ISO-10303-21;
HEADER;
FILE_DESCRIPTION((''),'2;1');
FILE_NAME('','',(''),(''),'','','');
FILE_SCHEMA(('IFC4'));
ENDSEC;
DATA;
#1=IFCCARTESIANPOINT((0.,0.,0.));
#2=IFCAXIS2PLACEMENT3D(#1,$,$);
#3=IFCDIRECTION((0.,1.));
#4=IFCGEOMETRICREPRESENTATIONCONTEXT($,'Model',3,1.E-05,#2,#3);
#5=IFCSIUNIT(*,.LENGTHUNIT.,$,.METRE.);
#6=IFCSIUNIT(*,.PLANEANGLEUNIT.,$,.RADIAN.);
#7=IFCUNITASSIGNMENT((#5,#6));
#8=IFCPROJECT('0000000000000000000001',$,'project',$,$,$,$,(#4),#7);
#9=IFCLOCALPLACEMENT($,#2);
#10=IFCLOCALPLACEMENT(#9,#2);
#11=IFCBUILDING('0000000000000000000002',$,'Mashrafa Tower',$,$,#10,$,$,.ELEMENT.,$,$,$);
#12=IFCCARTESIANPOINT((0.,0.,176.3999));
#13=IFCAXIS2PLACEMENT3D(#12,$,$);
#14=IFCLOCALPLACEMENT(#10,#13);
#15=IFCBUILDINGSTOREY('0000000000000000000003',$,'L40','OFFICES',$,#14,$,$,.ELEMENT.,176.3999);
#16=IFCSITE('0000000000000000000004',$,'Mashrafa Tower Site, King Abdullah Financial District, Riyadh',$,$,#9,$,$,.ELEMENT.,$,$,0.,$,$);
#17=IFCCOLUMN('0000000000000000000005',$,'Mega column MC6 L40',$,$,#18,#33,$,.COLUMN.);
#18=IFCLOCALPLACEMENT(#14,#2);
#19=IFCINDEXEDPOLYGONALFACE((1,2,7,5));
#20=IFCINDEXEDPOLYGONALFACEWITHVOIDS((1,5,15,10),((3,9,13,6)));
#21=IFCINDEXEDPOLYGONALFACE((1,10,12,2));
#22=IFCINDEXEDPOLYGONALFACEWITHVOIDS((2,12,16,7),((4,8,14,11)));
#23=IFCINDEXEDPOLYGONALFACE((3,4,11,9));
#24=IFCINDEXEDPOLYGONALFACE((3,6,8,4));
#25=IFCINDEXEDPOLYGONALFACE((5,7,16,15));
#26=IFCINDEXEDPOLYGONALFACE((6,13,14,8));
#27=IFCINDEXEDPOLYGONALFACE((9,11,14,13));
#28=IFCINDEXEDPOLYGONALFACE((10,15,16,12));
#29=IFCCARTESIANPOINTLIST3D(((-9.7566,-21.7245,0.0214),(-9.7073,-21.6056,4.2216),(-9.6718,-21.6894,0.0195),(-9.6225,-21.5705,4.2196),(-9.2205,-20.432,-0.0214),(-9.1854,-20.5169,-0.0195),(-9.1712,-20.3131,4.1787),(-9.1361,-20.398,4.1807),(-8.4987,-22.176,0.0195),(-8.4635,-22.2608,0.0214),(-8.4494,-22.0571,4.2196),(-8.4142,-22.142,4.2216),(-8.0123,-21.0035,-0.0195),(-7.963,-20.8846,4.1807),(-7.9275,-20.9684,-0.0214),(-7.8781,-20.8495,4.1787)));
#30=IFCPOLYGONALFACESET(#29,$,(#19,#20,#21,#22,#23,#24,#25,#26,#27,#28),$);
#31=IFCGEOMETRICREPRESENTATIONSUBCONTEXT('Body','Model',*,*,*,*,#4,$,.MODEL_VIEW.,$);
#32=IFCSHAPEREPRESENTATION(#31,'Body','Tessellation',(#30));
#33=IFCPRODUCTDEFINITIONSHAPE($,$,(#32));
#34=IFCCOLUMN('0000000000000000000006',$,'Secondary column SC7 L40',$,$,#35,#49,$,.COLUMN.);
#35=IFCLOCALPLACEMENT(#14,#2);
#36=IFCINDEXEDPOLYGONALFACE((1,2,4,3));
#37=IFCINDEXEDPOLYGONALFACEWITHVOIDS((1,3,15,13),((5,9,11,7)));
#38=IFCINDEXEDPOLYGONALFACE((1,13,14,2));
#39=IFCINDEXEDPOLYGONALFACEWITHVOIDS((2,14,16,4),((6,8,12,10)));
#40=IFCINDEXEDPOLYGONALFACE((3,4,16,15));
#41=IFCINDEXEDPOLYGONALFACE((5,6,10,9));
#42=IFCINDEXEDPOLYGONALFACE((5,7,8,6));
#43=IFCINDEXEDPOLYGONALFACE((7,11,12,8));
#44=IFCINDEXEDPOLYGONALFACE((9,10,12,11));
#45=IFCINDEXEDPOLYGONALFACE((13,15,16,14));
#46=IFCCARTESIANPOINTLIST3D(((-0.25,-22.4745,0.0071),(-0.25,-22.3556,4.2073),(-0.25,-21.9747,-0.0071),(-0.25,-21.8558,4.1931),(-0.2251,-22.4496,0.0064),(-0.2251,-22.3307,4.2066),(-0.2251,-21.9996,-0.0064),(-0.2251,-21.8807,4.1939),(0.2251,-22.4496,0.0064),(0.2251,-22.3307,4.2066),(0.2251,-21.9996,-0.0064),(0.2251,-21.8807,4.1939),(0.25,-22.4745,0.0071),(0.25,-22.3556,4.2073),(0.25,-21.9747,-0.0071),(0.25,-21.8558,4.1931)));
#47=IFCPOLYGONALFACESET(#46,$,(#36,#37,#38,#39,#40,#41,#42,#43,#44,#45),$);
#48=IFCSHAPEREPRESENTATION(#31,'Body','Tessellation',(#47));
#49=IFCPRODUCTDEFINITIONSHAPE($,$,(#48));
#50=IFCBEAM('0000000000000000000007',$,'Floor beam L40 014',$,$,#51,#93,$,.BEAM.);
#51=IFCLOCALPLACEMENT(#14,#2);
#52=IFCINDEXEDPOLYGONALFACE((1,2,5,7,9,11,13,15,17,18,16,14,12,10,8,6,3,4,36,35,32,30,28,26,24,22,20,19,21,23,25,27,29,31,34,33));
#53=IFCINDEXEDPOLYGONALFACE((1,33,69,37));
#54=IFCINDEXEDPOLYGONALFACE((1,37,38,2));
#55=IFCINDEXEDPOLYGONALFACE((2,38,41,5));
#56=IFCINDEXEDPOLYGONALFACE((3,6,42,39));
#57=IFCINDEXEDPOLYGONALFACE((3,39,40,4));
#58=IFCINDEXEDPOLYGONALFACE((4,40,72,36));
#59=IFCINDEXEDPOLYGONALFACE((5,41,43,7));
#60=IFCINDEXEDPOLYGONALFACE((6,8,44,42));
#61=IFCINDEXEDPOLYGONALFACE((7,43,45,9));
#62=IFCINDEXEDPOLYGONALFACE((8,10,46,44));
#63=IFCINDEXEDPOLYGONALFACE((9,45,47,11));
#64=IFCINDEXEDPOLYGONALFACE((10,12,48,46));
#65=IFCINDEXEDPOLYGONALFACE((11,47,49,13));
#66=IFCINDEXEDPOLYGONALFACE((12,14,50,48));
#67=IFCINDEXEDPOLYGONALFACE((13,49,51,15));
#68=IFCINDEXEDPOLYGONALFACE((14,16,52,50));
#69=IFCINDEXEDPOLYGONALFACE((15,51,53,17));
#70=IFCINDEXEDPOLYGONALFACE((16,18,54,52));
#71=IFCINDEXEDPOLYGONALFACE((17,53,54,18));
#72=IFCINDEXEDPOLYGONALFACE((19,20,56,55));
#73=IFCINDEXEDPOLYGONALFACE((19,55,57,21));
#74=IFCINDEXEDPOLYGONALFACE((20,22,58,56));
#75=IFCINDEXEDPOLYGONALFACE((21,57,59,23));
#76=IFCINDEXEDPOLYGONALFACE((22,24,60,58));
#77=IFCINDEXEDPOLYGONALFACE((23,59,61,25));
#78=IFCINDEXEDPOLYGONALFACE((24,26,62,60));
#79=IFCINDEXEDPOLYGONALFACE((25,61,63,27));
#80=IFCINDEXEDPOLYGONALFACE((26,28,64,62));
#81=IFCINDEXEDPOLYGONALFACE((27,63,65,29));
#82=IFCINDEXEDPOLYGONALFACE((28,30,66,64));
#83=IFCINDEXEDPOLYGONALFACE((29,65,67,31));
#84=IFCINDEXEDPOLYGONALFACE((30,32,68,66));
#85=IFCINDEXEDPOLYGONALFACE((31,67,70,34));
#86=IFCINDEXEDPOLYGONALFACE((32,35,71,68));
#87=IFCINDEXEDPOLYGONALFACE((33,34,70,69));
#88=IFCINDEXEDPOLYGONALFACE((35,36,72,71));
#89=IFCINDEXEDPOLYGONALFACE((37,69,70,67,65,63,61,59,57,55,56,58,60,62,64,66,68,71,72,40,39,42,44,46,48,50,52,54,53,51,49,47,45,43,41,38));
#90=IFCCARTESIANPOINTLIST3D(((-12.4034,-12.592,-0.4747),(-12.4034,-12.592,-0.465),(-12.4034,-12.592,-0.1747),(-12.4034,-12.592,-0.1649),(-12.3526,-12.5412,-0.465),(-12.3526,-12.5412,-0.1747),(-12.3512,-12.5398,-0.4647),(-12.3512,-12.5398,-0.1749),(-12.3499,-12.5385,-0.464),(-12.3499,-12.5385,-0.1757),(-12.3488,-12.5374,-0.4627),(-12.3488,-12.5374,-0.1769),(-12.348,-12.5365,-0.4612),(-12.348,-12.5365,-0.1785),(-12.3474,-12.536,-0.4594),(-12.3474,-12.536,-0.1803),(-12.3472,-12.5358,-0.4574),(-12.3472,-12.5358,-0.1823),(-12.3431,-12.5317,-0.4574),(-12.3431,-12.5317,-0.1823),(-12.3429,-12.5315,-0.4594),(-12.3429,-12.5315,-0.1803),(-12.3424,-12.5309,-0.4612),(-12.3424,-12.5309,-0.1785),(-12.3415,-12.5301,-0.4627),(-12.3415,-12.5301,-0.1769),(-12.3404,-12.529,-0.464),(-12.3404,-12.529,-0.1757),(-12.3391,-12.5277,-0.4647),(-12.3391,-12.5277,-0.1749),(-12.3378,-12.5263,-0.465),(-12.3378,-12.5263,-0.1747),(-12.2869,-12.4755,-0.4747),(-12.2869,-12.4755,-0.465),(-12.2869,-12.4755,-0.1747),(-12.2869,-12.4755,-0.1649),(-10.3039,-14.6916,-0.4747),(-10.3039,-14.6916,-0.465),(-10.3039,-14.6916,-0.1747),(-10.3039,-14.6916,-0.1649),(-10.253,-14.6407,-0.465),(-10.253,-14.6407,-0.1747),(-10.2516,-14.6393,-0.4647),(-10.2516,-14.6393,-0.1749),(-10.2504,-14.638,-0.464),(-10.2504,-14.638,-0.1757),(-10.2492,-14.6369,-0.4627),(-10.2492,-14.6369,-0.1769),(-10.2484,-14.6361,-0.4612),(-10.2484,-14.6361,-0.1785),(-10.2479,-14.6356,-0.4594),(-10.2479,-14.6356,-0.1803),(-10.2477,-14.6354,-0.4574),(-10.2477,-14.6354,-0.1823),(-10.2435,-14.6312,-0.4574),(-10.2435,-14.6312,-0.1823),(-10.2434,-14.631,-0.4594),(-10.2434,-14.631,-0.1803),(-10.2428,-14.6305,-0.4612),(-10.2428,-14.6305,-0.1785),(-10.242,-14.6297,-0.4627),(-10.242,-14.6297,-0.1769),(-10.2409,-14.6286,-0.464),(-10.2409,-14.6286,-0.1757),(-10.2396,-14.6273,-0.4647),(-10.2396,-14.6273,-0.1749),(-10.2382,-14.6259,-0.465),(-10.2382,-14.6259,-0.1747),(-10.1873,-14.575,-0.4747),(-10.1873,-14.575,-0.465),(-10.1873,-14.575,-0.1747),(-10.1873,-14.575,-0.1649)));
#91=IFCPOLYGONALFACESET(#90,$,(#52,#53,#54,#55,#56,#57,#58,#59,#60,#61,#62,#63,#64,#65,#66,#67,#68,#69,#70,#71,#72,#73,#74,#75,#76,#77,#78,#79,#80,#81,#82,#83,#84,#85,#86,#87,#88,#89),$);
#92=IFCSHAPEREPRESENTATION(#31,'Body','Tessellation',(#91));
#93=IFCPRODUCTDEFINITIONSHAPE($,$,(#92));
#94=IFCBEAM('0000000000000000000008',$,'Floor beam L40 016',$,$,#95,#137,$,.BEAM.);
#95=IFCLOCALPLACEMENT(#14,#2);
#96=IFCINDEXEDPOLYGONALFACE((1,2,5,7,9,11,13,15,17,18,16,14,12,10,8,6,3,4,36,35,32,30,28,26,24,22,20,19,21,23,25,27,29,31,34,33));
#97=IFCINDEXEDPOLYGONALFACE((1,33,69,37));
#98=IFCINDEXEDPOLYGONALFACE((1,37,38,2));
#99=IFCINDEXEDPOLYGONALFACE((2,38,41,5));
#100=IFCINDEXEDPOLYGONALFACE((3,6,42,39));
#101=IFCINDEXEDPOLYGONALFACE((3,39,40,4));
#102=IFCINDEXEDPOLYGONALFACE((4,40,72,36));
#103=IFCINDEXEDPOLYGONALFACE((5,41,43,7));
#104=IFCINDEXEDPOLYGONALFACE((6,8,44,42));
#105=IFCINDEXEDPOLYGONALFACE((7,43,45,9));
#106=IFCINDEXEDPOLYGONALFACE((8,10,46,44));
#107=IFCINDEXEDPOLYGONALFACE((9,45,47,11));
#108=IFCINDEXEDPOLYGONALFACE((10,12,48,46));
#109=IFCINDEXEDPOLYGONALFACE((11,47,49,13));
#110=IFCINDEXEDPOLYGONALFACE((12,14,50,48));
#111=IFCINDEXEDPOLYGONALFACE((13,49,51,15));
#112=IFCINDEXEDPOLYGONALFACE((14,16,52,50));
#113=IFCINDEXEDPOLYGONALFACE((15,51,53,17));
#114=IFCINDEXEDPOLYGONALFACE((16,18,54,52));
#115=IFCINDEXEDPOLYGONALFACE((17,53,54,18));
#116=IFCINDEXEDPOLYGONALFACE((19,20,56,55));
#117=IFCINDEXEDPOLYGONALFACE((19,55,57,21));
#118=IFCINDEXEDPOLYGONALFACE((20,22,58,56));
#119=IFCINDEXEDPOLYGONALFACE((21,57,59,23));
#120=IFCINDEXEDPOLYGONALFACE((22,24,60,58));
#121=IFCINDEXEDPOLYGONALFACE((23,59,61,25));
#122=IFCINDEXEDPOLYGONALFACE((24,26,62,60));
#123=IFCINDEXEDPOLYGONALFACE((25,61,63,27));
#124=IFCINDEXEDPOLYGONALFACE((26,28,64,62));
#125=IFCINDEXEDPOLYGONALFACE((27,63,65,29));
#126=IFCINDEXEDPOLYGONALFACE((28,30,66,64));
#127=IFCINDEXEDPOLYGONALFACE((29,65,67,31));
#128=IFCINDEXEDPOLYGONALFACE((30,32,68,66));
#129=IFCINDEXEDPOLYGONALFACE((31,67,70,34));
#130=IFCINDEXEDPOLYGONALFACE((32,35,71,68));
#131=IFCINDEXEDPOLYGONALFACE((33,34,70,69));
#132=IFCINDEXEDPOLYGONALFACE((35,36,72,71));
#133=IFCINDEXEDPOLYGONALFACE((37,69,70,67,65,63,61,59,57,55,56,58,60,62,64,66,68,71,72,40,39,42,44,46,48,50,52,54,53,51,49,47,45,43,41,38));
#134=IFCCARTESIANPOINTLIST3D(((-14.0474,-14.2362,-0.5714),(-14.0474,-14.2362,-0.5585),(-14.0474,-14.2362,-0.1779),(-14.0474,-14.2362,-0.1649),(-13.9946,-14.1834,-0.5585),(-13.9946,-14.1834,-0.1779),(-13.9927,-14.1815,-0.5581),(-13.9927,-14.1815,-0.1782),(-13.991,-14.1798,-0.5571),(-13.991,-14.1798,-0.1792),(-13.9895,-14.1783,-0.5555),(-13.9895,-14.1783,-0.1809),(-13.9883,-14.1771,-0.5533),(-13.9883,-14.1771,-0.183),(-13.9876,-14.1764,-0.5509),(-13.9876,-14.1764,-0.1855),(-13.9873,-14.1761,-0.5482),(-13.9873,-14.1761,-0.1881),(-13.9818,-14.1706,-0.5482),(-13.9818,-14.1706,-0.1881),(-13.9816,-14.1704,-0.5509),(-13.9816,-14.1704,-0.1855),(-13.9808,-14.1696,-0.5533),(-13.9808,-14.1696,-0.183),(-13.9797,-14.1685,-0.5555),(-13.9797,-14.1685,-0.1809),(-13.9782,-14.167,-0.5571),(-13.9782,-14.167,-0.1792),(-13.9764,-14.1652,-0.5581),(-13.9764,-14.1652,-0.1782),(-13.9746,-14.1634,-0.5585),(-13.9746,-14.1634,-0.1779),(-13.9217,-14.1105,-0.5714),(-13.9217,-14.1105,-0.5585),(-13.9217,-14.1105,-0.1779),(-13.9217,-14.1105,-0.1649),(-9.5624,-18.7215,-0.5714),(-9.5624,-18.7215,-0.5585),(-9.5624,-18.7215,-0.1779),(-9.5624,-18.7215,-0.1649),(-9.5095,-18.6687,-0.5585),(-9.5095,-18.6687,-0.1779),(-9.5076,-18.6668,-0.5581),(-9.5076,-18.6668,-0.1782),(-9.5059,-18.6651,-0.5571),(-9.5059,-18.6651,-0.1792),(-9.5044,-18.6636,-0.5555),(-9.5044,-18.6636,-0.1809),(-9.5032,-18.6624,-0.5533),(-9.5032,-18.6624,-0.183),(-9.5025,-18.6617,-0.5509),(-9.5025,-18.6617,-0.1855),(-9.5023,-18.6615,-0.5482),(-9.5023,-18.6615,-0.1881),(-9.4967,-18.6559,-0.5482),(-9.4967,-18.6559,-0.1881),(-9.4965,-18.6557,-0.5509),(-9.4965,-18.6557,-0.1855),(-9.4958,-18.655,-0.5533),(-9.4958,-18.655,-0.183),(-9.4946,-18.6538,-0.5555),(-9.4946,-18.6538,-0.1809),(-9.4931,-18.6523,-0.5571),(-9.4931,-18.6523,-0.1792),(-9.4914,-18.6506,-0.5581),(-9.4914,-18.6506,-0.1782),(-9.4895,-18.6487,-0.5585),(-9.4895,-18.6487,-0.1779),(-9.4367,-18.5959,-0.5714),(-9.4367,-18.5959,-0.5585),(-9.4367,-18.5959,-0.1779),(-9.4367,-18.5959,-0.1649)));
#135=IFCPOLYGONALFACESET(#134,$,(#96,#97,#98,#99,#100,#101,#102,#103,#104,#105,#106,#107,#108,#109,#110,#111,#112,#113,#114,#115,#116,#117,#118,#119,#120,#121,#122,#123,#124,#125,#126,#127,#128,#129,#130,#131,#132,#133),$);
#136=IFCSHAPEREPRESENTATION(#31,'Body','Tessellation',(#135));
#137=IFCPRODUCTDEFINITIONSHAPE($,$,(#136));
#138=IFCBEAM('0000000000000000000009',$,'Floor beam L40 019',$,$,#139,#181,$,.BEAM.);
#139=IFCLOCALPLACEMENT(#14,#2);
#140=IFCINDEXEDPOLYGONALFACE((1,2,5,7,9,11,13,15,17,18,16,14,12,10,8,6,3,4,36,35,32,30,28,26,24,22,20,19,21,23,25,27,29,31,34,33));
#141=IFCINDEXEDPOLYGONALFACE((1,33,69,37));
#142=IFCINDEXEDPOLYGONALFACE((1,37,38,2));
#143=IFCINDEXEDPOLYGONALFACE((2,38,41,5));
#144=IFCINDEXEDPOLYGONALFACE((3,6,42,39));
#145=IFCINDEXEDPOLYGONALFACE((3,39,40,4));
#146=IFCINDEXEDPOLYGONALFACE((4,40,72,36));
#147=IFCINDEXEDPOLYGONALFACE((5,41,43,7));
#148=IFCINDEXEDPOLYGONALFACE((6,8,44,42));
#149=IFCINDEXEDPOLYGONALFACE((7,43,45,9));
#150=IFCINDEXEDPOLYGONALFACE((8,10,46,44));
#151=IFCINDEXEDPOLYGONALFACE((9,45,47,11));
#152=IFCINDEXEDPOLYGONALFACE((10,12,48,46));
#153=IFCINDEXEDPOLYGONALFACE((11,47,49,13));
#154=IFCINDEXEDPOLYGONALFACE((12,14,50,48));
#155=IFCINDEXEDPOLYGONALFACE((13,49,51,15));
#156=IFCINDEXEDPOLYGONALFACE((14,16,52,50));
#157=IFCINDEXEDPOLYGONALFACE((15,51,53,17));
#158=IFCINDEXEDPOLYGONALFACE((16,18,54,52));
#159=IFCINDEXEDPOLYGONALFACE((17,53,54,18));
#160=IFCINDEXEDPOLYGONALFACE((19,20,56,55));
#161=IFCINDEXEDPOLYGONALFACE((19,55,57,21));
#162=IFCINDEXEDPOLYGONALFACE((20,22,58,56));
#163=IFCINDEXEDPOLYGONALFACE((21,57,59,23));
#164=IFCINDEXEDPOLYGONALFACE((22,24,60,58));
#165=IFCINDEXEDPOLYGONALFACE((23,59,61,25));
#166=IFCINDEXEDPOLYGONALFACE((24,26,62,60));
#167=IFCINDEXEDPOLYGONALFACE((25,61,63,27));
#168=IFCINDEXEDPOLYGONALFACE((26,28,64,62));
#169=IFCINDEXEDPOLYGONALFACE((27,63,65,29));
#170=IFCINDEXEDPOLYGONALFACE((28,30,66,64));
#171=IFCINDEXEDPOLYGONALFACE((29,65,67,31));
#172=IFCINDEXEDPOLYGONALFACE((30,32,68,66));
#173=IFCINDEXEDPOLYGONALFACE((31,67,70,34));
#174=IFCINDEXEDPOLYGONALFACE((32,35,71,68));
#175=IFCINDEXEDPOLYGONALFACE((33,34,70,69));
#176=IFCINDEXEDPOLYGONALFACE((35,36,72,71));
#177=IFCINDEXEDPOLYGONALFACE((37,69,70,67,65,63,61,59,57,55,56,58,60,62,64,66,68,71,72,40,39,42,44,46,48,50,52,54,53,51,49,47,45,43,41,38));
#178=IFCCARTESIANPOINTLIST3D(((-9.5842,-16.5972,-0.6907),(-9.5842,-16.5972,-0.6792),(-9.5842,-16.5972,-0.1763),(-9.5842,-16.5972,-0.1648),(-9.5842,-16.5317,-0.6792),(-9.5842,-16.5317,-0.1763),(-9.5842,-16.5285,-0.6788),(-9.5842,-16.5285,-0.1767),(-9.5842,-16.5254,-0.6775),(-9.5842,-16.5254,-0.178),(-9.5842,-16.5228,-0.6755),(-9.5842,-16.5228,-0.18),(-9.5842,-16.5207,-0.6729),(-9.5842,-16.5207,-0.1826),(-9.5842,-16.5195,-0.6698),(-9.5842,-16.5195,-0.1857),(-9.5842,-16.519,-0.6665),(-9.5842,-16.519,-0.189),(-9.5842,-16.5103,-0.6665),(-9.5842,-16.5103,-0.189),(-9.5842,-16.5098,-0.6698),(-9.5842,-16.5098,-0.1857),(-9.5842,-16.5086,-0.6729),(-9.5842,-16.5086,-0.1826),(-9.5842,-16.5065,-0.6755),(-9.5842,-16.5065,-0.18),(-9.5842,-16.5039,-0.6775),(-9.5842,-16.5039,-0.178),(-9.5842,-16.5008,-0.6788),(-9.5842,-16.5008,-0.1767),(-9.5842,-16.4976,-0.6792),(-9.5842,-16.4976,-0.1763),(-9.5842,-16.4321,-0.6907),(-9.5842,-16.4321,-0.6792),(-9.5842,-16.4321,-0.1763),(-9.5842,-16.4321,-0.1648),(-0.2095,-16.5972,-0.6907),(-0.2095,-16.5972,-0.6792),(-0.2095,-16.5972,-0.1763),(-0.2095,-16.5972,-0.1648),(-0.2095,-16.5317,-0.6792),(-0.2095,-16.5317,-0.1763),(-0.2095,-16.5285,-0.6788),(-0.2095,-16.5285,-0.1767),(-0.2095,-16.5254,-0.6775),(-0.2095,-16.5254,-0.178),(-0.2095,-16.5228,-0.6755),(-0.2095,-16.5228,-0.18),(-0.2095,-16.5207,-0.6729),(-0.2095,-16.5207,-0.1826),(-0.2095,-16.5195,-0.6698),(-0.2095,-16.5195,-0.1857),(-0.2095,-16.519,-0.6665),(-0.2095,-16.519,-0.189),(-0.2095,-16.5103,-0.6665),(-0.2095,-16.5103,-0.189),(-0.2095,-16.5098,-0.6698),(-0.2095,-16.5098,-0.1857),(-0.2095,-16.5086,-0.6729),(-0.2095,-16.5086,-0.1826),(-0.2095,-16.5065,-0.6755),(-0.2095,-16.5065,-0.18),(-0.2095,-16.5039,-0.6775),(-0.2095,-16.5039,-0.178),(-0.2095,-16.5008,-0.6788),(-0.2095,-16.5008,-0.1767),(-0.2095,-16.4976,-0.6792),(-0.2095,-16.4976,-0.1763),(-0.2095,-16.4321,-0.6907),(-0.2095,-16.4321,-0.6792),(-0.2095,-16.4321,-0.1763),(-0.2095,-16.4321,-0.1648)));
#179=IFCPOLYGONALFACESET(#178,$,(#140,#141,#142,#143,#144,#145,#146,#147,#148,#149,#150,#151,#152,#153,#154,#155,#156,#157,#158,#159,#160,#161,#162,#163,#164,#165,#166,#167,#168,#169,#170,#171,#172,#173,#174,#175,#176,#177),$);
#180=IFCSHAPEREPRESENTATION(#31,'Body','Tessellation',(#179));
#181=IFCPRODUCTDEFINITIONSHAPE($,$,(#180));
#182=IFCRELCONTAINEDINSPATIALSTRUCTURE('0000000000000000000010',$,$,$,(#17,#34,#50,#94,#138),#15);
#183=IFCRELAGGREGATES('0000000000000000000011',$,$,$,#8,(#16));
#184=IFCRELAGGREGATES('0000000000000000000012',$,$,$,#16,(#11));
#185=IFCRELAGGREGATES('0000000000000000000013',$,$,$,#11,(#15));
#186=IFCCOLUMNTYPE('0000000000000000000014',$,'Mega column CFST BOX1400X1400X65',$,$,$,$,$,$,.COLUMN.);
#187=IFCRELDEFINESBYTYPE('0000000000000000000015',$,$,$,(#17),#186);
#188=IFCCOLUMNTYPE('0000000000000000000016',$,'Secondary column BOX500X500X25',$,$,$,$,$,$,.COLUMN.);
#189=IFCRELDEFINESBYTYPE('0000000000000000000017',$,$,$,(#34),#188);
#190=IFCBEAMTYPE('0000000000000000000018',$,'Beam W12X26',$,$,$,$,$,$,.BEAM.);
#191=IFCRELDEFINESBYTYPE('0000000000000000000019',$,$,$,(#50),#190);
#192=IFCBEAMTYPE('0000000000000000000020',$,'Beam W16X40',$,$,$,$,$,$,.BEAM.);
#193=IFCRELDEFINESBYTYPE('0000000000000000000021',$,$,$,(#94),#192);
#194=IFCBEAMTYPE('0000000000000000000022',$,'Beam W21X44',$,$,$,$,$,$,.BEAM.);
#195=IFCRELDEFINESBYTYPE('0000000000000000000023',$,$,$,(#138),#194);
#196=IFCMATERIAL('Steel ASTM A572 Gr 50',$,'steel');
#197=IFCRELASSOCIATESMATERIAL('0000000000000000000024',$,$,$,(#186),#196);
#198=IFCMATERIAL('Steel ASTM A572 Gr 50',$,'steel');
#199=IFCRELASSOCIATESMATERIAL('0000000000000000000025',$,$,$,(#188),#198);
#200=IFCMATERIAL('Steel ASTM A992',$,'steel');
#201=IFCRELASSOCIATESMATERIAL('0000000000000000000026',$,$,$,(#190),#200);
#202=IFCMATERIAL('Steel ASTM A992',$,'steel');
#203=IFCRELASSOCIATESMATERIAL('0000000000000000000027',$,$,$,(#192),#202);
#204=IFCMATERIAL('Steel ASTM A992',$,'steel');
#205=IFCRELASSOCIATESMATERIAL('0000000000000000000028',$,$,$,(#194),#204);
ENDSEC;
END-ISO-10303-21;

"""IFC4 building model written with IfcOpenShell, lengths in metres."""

from ifc_helpers import new_model, si_unit, direction, frame, origin, origin_2d, place, context, subcontext, project, spatial, hollow_rectangle, i_section, extrude, material, material_profile, profile_set, type_object, element, save


model = new_model("IFC4")

# Units and contexts
model_context = context("Model", 3, precision=1e-05, world=origin(), true_north=direction((0.0, 1.0)))
body_context = subcontext(model_context, "Body", "Model", "MODEL_VIEW")
ifc_project = project(units=[si_unit("LENGTHUNIT", "METRE"), si_unit("PLANEANGLEUNIT", "RADIAN")], contexts=[model_context])

# Site, building, storey
site_placement = place(None, origin())
site = spatial("IfcSite", under=ifc_project, at=site_placement, Name="Mashrafa Tower Site, King Abdullah Financial District, Riyadh", CompositionType="ELEMENT", RefElevation=0.0)
building_placement = place(site_placement, origin())
building = spatial("IfcBuilding", under=site, at=building_placement, Name="Mashrafa Tower", CompositionType="ELEMENT")
storey_placement = place(building_placement, frame((0.0, 0.0, 176.3999)))
storey = spatial("IfcBuildingStorey", under=building, at=storey_placement, Name="L40", Description="OFFICES", CompositionType="ELEMENT", Elevation=176.3999)

# Columns
ifc_material_1 = material(Name="Steel ASTM A572 Gr 50", Category="steel")
ifc_material_profile_1 = material_profile(ifc_material_1, hollow_rectangle(XDim=1.3999, YDim=1.3999, WallThickness=0.0649, at=origin_2d()), Name="BOX1400X1400X65")
ifc_profile_set_1 = profile_set([ifc_material_profile_1], Name="Steel ASTM A572 Gr 50")
column_type_1 = type_object("IfcColumnType", Name="Mega column CFST BOX1400X1400X65", PredefinedType="COLUMN", material=ifc_profile_set_1)
column_1_placement = place(storey_placement, frame((-8.842, -21.3464, 0.0), z_axis=(0.011736, 0.028294, 0.999531), x_axis=(-0.923693, 0.383133, 0.0)))
element("IfcColumn", 1, at=column_1_placement, inside=storey, type_object=column_type_1, Name="Mega column MC6 L40", PredefinedType="COLUMN", context=body_context, shape_type="SweptSolid", body=[
    extrude(hollow_rectangle(XDim=1.3999, YDim=1.3999, WallThickness=0.0649, at=origin_2d()), origin(), (0.0, 0.0, 1.0), 4.2021),
])
ifc_material_2 = material(Name="Steel ASTM A572 Gr 50", Category="steel")
ifc_material_profile_2 = material_profile(ifc_material_2, hollow_rectangle(XDim=0.5, YDim=0.5, WallThickness=0.0249, at=origin_2d()), Name="BOX500X500X25")
ifc_profile_set_2 = profile_set([ifc_material_profile_2], Name="Steel ASTM A572 Gr 50")
column_type_2 = type_object("IfcColumnType", Name="Secondary column BOX500X500X25", PredefinedType="COLUMN", material=ifc_profile_set_2)
column_2_placement = place(storey_placement, frame((0.0, -22.2246, 0.0), z_axis=(0.0, 0.028296, 0.9996), x_axis=(-1.0, 0.0, 0.0)))
element("IfcColumn", 2, at=column_2_placement, inside=storey, type_object=column_type_2, Name="Secondary column SC7 L40", PredefinedType="COLUMN", context=body_context, shape_type="SweptSolid", body=[
    extrude(hollow_rectangle(XDim=0.5, YDim=0.5, WallThickness=0.0249, at=origin_2d()), origin(), (0.0, 0.0, 1.0), 4.2019),
])

# Beams
ifc_material_3 = material(Name="Steel ASTM A992", Category="steel")
ifc_material_profile_3 = material_profile(ifc_material_3, i_section(OverallWidth=0.1648, OverallDepth=0.3098, WebThickness=0.0059, FlangeThickness=0.0098, FilletRadius=0.0076, at=origin_2d()), Name="W12X26")
ifc_profile_set_3 = profile_set([ifc_material_profile_3], Name="Steel ASTM A992")
beam_type_1 = type_object("IfcBeamType", Name="Beam W12X26", PredefinedType="BEAM", material=ifc_profile_set_3)
beam_1_placement = place(storey_placement, frame((-10.2456, -14.6333, -0.3198), z_axis=(-0.707107, 0.707107, 0.0), x_axis=(-0.707107, -0.707107, 0.0)))
element("IfcBeam", 3, at=beam_1_placement, inside=storey, type_object=beam_type_1, Name="Floor beam L40 014", PredefinedType="BEAM", context=body_context, shape_type="SweptSolid", body=[
    extrude(i_section(OverallWidth=0.1648, OverallDepth=0.3098, WebThickness=0.0059, FlangeThickness=0.0098, FilletRadius=0.0076, at=origin_2d()), origin(), (0.0, 0.0, 1.0), 2.9692),
])
ifc_material_4 = material(Name="Steel ASTM A992", Category="steel")
ifc_material_profile_4 = material_profile(ifc_material_4, i_section(OverallWidth=0.1777, OverallDepth=0.4065, WebThickness=0.0078, FlangeThickness=0.0129, FilletRadius=0.0103, at=origin_2d()), Name="W16X40")
ifc_profile_set_4 = profile_set([ifc_material_profile_4], Name="Steel ASTM A992")
beam_type_2 = type_object("IfcBeamType", Name="Beam W16X40", PredefinedType="BEAM", material=ifc_profile_set_4)
beam_2_placement = place(storey_placement, frame((-9.4995, -18.6587, -0.3682), z_axis=(-0.707088, 0.707126, 0.0), x_axis=(-0.707126, -0.707088, 0.0)))
element("IfcBeam", 4, at=beam_2_placement, inside=storey, type_object=beam_type_2, Name="Floor beam L40 016", PredefinedType="BEAM", context=body_context, shape_type="SweptSolid", body=[
    extrude(i_section(OverallWidth=0.1777, OverallDepth=0.4065, WebThickness=0.0078, FlangeThickness=0.0129, FilletRadius=0.0103, at=origin_2d()), origin(), (0.0, 0.0, 1.0), 6.343),
])
ifc_material_5 = material(Name="Steel ASTM A992", Category="steel")
ifc_material_profile_5 = material_profile(ifc_material_5, i_section(OverallWidth=0.165, OverallDepth=0.5259, WebThickness=0.0088, FlangeThickness=0.0115, FilletRadius=0.0127, at=origin_2d()), Name="W21X44")
ifc_profile_set_5 = profile_set([ifc_material_profile_5], Name="Steel ASTM A992")
beam_type_3 = type_object("IfcBeamType", Name="Beam W21X44", PredefinedType="BEAM", material=ifc_profile_set_5)
beam_3_placement = place(storey_placement, frame((-0.2095, -16.5146, -0.4277), z_axis=(-1.0, 0.0, 0.0), x_axis=(0.0, -1.0, 0.0)))
element("IfcBeam", 5, at=beam_3_placement, inside=storey, type_object=beam_type_3, Name="Floor beam L40 019", PredefinedType="BEAM", context=body_context, shape_type="SweptSolid", body=[
    extrude(i_section(OverallWidth=0.165, OverallDepth=0.5259, WebThickness=0.0088, FlangeThickness=0.0115, FilletRadius=0.0127, at=origin_2d()), origin(), (0.0, 0.0, 1.0), 9.3748),
])

save(model, "model.ifc")
